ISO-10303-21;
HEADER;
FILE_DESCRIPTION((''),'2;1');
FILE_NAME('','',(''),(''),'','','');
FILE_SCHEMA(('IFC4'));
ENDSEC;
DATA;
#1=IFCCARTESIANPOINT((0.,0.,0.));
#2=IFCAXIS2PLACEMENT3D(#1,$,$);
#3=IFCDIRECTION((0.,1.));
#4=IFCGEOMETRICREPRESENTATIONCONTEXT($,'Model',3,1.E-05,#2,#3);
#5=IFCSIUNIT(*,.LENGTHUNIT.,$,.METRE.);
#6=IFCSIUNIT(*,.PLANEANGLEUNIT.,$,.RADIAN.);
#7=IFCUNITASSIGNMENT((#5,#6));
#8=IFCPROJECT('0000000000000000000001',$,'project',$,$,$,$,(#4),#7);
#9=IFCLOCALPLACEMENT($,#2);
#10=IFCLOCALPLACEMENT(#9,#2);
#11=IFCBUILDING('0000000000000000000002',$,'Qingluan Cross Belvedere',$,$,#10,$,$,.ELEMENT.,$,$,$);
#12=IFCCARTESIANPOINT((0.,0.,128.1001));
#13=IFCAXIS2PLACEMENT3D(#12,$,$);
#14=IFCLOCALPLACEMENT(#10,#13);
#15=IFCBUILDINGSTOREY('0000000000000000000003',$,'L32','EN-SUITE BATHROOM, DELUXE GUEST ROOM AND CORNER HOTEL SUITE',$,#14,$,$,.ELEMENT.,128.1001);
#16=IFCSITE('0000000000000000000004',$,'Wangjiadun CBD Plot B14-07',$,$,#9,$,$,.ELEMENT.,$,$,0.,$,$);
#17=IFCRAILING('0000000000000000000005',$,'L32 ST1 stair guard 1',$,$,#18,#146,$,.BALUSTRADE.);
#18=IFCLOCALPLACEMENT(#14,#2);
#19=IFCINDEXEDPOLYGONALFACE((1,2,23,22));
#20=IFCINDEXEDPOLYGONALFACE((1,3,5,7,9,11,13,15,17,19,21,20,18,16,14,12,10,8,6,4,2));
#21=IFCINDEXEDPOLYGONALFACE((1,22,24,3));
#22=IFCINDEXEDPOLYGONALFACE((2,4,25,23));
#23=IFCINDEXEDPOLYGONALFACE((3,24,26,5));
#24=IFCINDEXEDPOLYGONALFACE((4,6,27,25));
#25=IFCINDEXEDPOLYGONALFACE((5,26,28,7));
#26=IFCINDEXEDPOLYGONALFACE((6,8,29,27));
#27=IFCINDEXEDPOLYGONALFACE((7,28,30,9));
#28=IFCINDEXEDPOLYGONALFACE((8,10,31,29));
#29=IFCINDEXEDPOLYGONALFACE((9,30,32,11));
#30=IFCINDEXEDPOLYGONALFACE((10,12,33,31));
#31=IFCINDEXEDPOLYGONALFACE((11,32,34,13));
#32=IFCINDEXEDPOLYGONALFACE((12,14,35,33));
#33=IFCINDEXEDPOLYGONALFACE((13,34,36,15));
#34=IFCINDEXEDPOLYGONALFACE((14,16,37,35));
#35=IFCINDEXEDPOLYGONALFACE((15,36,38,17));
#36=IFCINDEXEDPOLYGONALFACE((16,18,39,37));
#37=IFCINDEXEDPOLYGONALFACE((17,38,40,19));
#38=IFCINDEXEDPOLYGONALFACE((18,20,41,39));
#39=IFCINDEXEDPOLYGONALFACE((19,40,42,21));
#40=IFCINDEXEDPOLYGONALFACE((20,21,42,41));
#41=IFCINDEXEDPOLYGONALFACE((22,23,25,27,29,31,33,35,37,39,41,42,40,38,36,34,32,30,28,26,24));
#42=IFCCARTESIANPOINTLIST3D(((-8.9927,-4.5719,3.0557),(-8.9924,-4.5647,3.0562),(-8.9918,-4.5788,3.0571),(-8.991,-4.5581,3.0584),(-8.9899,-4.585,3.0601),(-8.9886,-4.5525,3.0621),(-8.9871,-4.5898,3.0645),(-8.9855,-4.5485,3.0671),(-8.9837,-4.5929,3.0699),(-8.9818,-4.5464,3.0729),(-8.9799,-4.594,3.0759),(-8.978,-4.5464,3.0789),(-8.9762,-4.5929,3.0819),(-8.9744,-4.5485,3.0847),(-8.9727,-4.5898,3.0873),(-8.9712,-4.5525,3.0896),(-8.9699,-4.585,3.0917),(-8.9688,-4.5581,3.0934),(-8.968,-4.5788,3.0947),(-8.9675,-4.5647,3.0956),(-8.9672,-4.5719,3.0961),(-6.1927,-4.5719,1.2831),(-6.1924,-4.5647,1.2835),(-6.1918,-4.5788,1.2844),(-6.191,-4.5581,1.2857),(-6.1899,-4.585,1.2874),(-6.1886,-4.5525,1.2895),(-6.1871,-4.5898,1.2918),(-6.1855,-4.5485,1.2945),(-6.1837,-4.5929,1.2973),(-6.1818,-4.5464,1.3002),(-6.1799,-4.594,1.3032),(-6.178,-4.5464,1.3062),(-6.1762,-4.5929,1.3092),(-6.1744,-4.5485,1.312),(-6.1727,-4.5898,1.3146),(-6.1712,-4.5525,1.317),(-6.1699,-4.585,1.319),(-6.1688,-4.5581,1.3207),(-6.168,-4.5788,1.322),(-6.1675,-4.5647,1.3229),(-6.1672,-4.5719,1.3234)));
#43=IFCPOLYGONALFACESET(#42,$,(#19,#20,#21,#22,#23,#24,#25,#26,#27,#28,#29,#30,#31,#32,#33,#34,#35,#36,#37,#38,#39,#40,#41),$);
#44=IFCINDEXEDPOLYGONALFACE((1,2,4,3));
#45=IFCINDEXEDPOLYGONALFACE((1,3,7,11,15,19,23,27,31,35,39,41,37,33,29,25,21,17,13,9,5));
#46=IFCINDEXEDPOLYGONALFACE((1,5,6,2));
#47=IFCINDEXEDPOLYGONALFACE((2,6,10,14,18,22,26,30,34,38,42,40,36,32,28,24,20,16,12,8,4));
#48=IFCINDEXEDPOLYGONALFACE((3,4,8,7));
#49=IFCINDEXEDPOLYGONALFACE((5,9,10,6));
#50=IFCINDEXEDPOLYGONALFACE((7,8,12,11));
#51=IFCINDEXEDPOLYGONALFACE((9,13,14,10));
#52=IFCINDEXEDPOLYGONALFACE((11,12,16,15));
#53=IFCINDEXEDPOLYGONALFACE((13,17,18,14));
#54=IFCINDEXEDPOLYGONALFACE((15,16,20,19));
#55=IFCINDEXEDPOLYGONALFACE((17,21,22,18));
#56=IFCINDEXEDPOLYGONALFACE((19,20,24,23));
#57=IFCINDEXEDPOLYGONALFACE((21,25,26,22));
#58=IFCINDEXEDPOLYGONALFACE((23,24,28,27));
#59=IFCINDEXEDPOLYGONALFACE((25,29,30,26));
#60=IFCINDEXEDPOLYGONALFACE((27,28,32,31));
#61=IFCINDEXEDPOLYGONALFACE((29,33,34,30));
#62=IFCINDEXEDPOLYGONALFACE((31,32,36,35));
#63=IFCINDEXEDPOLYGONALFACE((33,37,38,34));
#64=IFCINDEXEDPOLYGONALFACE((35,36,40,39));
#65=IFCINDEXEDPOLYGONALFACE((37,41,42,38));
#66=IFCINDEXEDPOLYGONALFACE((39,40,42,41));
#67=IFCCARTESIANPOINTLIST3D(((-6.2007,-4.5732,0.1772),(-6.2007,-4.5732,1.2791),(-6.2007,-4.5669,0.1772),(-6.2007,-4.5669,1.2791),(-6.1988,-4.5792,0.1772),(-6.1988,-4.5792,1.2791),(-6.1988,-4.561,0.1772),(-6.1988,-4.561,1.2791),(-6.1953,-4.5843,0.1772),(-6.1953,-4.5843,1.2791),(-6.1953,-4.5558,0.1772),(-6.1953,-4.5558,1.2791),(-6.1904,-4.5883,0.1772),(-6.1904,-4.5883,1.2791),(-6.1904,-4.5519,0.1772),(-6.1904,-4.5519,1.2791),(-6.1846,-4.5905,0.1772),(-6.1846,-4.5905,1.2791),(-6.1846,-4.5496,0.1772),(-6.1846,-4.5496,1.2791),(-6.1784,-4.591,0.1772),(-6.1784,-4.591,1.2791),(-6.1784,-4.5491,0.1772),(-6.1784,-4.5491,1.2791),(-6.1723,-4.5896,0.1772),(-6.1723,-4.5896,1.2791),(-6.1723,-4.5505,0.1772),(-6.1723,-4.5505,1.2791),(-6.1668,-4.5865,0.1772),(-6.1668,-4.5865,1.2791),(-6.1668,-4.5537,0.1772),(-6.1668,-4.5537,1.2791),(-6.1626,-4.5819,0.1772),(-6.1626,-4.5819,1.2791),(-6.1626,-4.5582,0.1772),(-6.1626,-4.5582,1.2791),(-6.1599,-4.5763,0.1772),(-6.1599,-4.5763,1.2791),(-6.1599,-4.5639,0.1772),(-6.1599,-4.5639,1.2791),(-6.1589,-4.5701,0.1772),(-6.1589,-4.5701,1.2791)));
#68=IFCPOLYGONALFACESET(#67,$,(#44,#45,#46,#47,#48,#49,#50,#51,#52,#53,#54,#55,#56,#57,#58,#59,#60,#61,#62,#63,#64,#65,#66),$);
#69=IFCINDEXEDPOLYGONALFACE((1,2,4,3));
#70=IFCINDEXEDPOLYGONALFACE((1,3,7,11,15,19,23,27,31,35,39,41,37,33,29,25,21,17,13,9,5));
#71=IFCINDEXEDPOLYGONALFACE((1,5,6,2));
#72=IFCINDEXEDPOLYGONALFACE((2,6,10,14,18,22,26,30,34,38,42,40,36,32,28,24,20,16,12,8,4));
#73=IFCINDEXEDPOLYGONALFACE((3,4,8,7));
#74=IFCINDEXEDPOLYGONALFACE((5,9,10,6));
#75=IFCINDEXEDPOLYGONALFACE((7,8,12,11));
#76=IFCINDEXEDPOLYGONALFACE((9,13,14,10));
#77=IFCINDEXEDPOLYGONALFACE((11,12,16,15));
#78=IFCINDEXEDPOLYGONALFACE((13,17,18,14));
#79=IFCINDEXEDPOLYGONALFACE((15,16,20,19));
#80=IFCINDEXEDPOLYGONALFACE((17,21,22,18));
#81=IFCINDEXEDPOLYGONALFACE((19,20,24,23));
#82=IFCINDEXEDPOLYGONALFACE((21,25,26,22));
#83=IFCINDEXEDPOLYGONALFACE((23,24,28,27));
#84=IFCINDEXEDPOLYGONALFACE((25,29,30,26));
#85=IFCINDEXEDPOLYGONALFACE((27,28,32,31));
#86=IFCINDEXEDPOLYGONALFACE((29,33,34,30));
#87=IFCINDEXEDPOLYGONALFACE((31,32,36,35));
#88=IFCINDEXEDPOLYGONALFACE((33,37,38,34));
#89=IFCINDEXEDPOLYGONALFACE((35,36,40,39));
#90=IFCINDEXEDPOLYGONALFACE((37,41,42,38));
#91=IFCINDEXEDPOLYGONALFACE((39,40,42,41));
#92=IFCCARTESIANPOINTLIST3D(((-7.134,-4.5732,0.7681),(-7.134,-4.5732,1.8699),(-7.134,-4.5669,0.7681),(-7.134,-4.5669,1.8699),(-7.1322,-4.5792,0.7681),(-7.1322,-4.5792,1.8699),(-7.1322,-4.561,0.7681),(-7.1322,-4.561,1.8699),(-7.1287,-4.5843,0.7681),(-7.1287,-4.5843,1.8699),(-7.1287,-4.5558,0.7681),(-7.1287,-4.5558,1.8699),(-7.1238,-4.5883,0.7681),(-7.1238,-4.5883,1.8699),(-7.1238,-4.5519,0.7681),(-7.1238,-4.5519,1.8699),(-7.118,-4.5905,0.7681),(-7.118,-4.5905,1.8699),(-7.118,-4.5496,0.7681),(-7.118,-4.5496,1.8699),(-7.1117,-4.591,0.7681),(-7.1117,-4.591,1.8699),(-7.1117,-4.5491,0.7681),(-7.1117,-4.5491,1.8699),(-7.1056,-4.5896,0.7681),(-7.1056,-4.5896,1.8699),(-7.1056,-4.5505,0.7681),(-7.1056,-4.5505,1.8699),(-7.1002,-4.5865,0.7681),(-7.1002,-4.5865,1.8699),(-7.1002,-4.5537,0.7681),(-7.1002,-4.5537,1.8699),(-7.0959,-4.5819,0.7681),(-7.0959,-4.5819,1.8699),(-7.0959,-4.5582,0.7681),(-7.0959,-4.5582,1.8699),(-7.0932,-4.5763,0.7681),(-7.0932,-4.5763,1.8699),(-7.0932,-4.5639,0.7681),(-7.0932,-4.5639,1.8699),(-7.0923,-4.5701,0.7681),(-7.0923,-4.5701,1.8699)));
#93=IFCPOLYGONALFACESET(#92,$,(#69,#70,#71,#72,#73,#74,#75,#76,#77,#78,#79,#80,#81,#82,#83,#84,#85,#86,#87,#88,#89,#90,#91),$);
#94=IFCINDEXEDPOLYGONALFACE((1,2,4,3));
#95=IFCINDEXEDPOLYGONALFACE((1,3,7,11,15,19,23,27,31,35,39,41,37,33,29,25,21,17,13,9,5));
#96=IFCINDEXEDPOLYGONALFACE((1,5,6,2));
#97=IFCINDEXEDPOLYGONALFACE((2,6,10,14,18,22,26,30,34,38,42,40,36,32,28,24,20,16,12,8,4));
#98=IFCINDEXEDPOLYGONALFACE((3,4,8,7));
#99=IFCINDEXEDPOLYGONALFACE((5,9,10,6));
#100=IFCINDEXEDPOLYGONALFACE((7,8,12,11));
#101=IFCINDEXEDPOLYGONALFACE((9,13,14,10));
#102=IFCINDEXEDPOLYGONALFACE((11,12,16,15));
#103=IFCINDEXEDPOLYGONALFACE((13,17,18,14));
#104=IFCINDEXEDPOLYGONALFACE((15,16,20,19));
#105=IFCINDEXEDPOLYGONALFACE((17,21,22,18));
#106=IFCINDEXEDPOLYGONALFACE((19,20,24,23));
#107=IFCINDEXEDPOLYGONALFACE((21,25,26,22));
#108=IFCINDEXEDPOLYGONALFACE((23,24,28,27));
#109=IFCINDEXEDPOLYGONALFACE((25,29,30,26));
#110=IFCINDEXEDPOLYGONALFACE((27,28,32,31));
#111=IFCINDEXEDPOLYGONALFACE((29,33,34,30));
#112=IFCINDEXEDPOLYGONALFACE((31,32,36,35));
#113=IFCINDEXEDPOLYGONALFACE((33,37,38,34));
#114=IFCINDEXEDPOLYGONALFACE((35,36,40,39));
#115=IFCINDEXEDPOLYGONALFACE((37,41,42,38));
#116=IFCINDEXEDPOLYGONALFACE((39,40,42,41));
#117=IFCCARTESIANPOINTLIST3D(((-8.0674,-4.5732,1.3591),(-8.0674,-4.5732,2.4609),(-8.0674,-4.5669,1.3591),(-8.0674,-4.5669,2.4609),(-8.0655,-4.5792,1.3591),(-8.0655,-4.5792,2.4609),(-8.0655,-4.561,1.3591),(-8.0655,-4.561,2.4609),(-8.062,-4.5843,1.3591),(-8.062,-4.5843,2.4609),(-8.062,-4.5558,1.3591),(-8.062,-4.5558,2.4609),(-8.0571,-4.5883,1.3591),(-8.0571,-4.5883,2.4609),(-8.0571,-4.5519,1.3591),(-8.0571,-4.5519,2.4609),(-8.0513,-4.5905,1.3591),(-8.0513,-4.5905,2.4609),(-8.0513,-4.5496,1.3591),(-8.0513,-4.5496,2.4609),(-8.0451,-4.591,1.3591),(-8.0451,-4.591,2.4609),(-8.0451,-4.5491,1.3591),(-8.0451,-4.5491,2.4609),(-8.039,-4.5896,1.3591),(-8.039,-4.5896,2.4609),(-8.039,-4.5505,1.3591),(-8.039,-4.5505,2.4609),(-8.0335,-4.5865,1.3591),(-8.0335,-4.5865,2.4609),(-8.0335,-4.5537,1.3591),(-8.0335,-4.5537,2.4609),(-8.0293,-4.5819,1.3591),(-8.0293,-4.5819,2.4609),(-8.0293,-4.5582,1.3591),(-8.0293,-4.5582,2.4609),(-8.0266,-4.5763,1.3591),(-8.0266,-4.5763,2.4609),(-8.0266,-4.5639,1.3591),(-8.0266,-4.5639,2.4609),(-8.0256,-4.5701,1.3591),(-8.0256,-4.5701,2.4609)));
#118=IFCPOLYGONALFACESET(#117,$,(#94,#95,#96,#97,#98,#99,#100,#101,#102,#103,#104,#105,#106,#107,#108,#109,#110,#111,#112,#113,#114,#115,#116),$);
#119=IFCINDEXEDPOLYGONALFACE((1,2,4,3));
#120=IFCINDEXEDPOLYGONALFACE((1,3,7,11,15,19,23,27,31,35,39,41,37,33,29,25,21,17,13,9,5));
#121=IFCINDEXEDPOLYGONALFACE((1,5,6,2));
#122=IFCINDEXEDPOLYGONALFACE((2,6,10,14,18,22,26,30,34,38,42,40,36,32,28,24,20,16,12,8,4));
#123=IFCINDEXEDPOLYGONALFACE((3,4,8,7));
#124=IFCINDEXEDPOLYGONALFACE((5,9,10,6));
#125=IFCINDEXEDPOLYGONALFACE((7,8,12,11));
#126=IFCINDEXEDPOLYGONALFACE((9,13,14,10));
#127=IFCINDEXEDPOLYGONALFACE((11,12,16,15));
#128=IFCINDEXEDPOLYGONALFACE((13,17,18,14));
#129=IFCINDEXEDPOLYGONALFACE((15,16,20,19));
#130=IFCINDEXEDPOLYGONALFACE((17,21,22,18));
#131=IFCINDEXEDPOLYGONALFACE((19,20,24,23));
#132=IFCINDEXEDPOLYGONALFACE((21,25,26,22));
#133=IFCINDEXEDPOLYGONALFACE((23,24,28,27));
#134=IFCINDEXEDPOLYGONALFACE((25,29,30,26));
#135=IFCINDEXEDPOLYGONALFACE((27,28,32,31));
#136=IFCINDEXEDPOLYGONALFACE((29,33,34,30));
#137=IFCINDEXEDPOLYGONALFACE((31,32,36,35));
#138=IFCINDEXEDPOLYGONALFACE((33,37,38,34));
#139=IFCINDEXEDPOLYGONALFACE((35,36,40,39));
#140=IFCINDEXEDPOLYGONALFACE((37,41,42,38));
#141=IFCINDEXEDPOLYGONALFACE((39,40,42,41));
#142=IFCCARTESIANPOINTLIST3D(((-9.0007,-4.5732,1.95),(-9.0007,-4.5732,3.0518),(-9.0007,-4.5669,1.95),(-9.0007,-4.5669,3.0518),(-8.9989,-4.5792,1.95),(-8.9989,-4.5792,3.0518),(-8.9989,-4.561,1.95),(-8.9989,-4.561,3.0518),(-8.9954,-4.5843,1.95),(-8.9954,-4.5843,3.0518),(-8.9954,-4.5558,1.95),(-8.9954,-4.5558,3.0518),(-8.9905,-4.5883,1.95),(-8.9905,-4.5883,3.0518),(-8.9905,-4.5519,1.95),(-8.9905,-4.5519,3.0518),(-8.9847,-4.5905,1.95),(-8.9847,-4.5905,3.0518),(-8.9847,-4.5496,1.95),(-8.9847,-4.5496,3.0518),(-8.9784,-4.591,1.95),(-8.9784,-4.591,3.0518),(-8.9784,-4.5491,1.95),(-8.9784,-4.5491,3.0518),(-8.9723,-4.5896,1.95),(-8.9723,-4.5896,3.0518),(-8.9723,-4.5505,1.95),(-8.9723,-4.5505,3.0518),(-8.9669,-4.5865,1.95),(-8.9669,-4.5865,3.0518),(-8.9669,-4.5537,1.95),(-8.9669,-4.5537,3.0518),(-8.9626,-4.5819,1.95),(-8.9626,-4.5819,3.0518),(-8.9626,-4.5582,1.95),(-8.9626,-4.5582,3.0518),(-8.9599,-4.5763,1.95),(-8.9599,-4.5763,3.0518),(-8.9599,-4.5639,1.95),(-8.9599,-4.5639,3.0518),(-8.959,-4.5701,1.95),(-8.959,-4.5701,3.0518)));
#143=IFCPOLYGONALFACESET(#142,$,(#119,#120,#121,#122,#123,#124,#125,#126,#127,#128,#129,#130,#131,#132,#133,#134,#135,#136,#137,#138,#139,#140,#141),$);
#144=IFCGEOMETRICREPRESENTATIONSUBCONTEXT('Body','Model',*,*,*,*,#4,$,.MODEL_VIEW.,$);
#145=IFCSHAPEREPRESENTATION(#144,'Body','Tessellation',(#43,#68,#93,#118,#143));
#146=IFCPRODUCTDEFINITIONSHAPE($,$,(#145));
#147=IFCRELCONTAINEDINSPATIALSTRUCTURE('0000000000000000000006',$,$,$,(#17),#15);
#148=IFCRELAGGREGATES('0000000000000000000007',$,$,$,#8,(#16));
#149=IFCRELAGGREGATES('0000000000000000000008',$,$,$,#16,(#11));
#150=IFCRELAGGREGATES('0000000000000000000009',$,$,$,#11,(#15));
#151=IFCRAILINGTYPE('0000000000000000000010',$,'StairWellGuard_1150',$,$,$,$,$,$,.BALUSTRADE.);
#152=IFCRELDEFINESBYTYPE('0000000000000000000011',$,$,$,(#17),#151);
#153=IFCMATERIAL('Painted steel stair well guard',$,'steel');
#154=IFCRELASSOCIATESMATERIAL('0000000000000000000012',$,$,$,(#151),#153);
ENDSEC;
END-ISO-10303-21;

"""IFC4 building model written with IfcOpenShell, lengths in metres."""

from ifc_helpers import new_model, si_unit, direction, frame, origin, origin_2d, place, context, subcontext, project, spatial, circle, extrude, material, type_object, element, save


model = new_model("IFC4")

# Units and contexts
model_context = context("Model", 3, precision=1e-05, world=origin(), true_north=direction((0.0, 1.0)))
body_context = subcontext(model_context, "Body", "Model", "MODEL_VIEW")
ifc_project = project(units=[si_unit("LENGTHUNIT", "METRE"), si_unit("PLANEANGLEUNIT", "RADIAN")], contexts=[model_context])

# Site, building, storey
site_placement = place(None, origin())
site = spatial("IfcSite", under=ifc_project, at=site_placement, Name="Wangjiadun CBD Plot B14-07", CompositionType="ELEMENT", RefElevation=0.0)
building_placement = place(site_placement, origin())
building = spatial("IfcBuilding", under=site, at=building_placement, Name="Qingluan Cross Belvedere", CompositionType="ELEMENT")
storey_placement = place(building_placement, frame((0.0, 0.0, 128.1001)))
storey = spatial("IfcBuildingStorey", under=building, at=storey_placement, Name="L32", Description="EN-SUITE BATHROOM, DELUXE GUEST ROOM AND CORNER HOTEL SUITE", CompositionType="ELEMENT", Elevation=128.1001)

# Railing
ifc_material_1 = material(Name="Painted steel stair well guard", Category="steel")
railing_type_1 = type_object("IfcRailingType", Name="StairWellGuard_1150", PredefinedType="BALUSTRADE", material=ifc_material_1)
railing_1_placement = place(storey_placement, frame((-6.1799, -4.5701, 0.1772)))
element("IfcRailing", 1, at=railing_1_placement, inside=storey, type_object=railing_type_1, Name="L32 ST1 stair guard 1", PredefinedType="BALUSTRADE", context=body_context, shape_type="SweptSolid", body=[
    extrude(circle(Radius=0.0239, at=origin_2d()), frame((0.0, 0.0, 1.126), z_axis=(-0.844909, 0.0, 0.53491), x_axis=(0.0, -1.0, 0.0)), (0.0, 0.0, 1.0), 3.314),
    extrude(circle(Radius=0.021, at=origin_2d()), origin(), (0.0, 0.0, 1.0), 1.1018),
    extrude(circle(Radius=0.021, at=origin_2d()), frame((-0.9333, 0.0, 0.5908)), (0.0, 0.0, 1.0), 1.1018),
    extrude(circle(Radius=0.021, at=origin_2d()), frame((-1.8667, 0.0, 1.1819)), (0.0, 0.0, 1.0), 1.1018),
    extrude(circle(Radius=0.021, at=origin_2d()), frame((-2.8, 0.0, 1.7727)), (0.0, 0.0, 1.0), 1.1018),
])

save(model, "model.ifc")
